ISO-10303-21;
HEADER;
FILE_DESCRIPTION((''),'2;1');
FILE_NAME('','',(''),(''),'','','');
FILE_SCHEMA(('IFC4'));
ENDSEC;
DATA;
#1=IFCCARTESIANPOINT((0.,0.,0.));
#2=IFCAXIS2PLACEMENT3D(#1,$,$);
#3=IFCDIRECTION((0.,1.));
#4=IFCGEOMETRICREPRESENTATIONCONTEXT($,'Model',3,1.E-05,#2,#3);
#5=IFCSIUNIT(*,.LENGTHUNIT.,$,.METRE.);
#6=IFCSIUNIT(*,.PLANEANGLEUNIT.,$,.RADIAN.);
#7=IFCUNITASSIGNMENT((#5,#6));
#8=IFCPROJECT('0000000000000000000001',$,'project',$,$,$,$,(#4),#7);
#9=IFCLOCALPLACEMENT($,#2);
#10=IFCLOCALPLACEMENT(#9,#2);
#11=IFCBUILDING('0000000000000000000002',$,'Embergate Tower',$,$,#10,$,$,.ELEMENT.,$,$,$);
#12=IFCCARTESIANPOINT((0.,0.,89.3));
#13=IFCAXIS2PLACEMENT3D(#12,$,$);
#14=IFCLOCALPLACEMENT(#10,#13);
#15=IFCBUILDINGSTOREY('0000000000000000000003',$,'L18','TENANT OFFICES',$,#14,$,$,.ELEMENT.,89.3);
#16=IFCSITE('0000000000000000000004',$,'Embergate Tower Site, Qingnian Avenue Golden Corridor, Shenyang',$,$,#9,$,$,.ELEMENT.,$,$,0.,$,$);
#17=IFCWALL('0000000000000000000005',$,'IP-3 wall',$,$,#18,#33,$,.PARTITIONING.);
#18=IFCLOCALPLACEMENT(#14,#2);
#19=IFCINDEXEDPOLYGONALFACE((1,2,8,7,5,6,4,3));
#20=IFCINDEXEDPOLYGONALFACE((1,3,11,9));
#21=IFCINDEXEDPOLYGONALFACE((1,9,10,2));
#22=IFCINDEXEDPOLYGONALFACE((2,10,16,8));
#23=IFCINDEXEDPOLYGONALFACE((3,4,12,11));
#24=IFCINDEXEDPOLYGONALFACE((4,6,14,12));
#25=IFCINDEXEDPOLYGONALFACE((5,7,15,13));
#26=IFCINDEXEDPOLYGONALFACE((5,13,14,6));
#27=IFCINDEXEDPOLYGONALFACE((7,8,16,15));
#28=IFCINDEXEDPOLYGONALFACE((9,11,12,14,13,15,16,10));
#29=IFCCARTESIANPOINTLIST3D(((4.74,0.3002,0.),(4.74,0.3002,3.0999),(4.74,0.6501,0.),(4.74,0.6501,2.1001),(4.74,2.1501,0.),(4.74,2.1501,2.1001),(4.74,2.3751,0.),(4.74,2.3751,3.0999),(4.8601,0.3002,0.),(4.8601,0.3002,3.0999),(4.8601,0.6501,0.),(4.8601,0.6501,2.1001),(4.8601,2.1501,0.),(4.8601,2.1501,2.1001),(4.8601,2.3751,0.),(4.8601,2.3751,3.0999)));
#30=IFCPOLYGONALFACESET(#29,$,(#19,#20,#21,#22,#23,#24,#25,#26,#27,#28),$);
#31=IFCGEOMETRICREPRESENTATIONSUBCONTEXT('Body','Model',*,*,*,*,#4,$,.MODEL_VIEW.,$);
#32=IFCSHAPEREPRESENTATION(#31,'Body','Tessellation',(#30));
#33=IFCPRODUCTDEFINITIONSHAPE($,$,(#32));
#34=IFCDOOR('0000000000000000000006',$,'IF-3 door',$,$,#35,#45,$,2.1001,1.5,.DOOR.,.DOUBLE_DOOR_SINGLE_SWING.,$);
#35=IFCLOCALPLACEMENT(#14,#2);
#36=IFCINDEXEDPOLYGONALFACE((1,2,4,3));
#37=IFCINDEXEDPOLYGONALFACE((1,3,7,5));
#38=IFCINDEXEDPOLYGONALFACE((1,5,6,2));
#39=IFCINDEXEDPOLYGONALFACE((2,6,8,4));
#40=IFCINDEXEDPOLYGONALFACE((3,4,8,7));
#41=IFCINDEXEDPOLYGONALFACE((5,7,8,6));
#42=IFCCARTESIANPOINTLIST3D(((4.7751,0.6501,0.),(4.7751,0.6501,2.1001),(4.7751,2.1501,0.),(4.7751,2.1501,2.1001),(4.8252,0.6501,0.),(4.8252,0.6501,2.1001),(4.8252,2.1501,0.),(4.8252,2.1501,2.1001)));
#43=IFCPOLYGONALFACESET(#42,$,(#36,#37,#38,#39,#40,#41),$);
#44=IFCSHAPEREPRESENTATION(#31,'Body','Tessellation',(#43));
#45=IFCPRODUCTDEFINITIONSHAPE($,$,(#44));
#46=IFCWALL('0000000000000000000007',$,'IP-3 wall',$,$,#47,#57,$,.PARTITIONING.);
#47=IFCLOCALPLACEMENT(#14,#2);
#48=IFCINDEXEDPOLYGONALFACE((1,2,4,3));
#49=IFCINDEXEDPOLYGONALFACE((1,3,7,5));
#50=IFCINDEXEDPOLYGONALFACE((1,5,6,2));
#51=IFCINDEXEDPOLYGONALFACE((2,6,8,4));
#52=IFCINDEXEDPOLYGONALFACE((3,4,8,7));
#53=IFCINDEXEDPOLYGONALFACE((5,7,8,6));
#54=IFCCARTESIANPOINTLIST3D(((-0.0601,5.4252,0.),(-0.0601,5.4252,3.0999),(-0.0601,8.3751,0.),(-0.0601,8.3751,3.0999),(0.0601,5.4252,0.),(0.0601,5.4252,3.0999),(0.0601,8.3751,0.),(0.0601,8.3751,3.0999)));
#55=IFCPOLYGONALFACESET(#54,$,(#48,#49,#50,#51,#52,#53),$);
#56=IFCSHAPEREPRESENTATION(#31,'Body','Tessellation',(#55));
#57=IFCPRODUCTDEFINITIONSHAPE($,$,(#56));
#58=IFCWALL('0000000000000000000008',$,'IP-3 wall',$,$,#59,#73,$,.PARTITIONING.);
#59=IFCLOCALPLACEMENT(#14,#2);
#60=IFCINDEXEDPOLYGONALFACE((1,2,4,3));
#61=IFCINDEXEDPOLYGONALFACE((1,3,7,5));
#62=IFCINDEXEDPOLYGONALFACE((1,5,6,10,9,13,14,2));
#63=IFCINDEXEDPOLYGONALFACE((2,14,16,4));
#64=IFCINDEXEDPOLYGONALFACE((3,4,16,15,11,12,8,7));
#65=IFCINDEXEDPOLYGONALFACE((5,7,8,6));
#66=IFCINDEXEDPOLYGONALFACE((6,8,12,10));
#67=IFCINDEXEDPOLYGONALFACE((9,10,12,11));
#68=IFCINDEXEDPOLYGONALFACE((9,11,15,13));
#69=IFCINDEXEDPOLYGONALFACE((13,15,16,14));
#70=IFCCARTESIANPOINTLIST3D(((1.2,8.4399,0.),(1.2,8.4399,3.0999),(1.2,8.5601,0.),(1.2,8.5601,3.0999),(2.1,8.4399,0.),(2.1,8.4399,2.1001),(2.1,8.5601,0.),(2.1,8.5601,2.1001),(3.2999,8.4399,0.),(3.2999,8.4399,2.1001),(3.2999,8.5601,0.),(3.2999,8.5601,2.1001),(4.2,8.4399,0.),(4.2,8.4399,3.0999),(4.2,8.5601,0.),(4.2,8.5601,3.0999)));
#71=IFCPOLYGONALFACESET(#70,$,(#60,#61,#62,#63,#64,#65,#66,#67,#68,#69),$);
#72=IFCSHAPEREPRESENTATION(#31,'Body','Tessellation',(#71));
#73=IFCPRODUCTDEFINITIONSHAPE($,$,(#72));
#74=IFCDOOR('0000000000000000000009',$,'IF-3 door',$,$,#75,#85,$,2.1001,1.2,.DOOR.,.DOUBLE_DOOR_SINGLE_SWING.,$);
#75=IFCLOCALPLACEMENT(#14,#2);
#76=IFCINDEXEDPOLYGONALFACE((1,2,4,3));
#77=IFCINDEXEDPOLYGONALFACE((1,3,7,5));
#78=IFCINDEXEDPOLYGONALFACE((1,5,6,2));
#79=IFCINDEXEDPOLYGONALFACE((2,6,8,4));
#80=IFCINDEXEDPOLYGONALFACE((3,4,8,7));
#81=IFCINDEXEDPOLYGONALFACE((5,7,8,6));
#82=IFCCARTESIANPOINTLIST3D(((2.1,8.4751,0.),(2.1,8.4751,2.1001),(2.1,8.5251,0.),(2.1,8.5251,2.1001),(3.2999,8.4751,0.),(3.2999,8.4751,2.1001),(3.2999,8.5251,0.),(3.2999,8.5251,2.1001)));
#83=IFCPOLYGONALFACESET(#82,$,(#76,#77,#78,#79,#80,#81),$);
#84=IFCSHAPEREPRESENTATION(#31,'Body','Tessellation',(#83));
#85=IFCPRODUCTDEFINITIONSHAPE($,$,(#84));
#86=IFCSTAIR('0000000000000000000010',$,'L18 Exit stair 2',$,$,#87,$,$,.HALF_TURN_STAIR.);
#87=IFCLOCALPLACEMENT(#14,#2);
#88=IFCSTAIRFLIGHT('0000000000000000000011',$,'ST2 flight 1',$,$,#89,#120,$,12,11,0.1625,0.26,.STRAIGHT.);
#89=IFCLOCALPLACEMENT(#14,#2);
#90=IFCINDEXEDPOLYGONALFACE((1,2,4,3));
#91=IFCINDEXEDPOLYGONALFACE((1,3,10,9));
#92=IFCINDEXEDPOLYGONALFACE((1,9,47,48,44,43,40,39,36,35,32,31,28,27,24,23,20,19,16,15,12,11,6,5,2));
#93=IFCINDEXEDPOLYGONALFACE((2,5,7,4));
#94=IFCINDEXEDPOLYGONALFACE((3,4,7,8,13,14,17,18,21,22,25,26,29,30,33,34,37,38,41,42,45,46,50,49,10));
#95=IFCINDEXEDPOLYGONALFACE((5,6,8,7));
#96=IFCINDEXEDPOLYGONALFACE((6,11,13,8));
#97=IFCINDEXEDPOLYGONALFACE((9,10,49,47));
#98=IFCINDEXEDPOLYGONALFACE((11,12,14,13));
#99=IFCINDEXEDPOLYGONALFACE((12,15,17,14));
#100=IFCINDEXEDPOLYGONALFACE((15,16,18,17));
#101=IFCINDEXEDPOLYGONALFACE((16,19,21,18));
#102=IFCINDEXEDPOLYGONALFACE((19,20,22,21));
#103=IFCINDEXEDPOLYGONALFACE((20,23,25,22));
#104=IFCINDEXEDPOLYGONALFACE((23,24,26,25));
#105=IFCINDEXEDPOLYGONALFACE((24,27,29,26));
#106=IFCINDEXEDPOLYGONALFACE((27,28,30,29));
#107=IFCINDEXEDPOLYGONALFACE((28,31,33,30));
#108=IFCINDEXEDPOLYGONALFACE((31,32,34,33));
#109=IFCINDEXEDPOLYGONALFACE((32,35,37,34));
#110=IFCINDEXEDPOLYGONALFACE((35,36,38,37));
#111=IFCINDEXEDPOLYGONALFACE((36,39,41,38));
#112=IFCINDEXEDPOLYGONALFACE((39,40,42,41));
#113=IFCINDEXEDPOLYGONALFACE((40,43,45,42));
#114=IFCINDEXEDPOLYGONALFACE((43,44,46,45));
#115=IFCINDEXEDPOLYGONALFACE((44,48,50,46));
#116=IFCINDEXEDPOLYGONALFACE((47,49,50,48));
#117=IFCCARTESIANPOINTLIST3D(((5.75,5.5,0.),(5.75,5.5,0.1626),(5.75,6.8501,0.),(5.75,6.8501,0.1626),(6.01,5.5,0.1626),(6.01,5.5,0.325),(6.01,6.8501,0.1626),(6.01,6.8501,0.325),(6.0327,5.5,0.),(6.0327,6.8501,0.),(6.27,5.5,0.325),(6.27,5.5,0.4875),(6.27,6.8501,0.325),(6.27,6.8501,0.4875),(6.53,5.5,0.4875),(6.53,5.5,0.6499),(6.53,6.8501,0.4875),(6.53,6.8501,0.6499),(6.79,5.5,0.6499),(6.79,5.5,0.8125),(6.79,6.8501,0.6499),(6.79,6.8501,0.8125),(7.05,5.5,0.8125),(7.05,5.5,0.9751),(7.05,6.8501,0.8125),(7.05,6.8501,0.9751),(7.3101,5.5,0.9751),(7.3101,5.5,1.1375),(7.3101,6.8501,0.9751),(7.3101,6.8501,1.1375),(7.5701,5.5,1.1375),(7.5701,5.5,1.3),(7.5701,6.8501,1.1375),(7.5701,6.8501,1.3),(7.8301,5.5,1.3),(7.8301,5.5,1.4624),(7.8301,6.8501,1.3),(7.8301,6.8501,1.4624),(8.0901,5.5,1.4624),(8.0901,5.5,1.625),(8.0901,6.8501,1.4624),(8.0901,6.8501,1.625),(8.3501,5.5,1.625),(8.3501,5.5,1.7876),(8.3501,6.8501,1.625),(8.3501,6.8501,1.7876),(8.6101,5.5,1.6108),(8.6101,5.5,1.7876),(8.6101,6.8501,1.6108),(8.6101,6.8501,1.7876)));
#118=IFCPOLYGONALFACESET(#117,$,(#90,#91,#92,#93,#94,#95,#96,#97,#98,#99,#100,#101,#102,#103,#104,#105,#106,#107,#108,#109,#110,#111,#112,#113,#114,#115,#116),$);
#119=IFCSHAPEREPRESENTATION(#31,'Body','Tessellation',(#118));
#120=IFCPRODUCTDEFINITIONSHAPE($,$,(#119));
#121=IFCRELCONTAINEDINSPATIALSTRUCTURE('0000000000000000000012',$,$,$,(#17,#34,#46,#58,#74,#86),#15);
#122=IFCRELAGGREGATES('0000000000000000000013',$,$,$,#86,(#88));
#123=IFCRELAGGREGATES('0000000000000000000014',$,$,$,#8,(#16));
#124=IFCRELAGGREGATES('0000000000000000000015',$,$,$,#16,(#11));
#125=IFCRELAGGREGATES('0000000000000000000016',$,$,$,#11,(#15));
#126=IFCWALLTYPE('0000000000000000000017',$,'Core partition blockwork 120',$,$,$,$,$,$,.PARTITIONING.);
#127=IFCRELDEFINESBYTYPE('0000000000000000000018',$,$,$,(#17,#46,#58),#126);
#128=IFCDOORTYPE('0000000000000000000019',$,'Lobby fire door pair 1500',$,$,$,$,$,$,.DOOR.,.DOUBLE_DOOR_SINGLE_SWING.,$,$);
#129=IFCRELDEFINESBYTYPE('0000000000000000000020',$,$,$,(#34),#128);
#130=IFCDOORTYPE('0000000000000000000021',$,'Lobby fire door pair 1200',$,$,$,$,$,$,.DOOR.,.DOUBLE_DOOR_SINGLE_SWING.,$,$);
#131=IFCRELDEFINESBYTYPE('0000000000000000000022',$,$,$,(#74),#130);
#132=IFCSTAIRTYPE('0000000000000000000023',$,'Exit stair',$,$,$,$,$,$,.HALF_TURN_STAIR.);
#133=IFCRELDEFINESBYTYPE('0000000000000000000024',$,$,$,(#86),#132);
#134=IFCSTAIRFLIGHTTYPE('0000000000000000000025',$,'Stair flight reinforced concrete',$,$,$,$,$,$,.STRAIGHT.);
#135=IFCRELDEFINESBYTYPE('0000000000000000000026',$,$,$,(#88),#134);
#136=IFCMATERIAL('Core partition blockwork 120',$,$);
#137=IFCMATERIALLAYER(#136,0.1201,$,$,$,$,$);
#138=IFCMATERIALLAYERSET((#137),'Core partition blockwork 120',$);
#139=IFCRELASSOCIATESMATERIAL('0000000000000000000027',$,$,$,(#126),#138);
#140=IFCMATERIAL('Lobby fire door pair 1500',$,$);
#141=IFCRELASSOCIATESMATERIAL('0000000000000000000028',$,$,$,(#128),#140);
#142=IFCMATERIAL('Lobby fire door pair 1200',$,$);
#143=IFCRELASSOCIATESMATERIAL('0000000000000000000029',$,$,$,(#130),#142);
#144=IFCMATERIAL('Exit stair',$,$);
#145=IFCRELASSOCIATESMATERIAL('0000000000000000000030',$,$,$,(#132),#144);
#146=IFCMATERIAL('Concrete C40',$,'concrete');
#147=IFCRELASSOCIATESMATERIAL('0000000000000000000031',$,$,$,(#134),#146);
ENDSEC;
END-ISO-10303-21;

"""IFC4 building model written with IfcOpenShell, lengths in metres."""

from ifc_helpers import new_model, si_unit, direction, frame, frame_2d, origin, place, context, subcontext, project, spatial, polyline, rectangle, outline, extrude, source, transform, mapped, material, layer, layer_set, type_object, element, fill, aggregate, save


model = new_model("IFC4")

# Units and contexts
model_context = context("Model", 3, precision=1e-05, world=origin(), true_north=direction((0.0, 1.0)))
body_context = subcontext(model_context, "Body", "Model", "MODEL_VIEW")
ifc_project = project(units=[si_unit("LENGTHUNIT", "METRE"), si_unit("PLANEANGLEUNIT", "RADIAN")], contexts=[model_context])

# Site, building, storey
site_placement = place(None, origin())
site = spatial("IfcSite", under=ifc_project, at=site_placement, Name="Embergate Tower Site, Qingnian Avenue Golden Corridor, Shenyang", CompositionType="ELEMENT", RefElevation=0.0)
building_placement = place(site_placement, origin())
building = spatial("IfcBuilding", under=site, at=building_placement, Name="Embergate Tower", CompositionType="ELEMENT")
storey_placement = place(building_placement, frame((0.0, 0.0, 89.3)))
storey = spatial("IfcBuildingStorey", under=building, at=storey_placement, Name="L18", Description="TENANT OFFICES", CompositionType="ELEMENT", Elevation=89.3)

# Shared definitions
shared_shape_1 = source(origin(), body_context, "Body", "SweptSolid", [
    extrude(rectangle(XDim=1.2, YDim=2.1001, at=frame_2d((0.6001, 1.05))), frame((0.0, 0.0249, 0.0), z_axis=(0.0, -1.0, 0.0), x_axis=(1.0, 0.0, 0.0)), (0.0, 0.0, 1.0), 0.05),
])

# Shared definitions
ifc_material_1 = material(Name="Core partition blockwork 120")
ifc_layer_1 = layer(ifc_material_1, 0.1201)
ifc_layer_set_1 = layer_set([ifc_layer_1], Name="Core partition blockwork 120")
wall_type_1 = type_object("IfcWallType", Name="Core partition blockwork 120", PredefinedType="PARTITIONING", material=ifc_layer_set_1)

# Wall, opening, door
shared_shape_2 = source(origin(), body_context, "Body", "SweptSolid", [
    extrude(rectangle(XDim=2.075, YDim=0.1201, at=frame_2d((1.0376, 0.0))), origin(), (0.0, 0.0, 1.0), 3.0999),
])
wall_1_placement = place(storey_placement, frame((4.8, 0.3, 0.0), z_axis=(0.0, 0.0, 1.0), x_axis=(0.0, 1.0, 0.0)))
wall_1 = element("IfcWall", 1, at=wall_1_placement, inside=storey, type_object=wall_type_1, Name="IP-3 wall", PredefinedType="PARTITIONING", context=body_context, shape_type="MappedRepresentation", body=[
    mapped(shared_shape_2, transform((0.0, 0.0, 0.0))),
])
shared_shape_3 = source(origin(), body_context, "Body", "SweptSolid", [
    extrude(rectangle(XDim=1.5, YDim=2.1001, at=frame_2d((0.75, 1.05))), frame((0.0, 0.0701, 0.0), z_axis=(0.0, -1.0, 0.0), x_axis=(1.0, 0.0, 0.0)), (0.0, 0.0, 1.0), 0.1401),
])
opening_1_placement = place(wall_1_placement, frame((0.3501, 0.0, 0.0)))
opening_1 = element("IfcOpeningElement", 2, at=opening_1_placement, cuts=wall_1, PredefinedType="OPENING", context=body_context, shape_type="MappedRepresentation", body=[
    mapped(shared_shape_3, transform((0.0, 0.0, 0.0))),
])
ifc_material_2 = material(Name="Lobby fire door pair 1500")
door_type_1 = type_object("IfcDoorType", Name="Lobby fire door pair 1500", OperationType="DOUBLE_DOOR_SINGLE_SWING", PredefinedType="DOOR", material=ifc_material_2)
shared_shape_4 = source(origin(), body_context, "Body", "SweptSolid", [
    extrude(rectangle(XDim=1.5, YDim=2.1001, at=frame_2d((0.75, 1.05))), frame((0.0, 0.0249, 0.0), z_axis=(0.0, -1.0, 0.0), x_axis=(1.0, 0.0, 0.0)), (0.0, 0.0, 1.0), 0.05),
])
door_1_placement = place(opening_1_placement, origin())
door_1 = element("IfcDoor", 3, at=door_1_placement, inside=storey, type_object=door_type_1, Name="IF-3 door", OperationType="DOUBLE_DOOR_SINGLE_SWING", OverallHeight=2.1001, OverallWidth=1.5, PredefinedType="DOOR", context=body_context, shape_type="MappedRepresentation", body=[
    mapped(shared_shape_4, transform((0.0, 0.0, 0.0))),
])
fill(opening_1, door_1)

# Wall
shared_shape_5 = source(origin(), body_context, "Body", "SweptSolid", [
    extrude(rectangle(XDim=2.95, YDim=0.1201, at=frame_2d((1.4751, 0.0))), origin(), (0.0, 0.0, 1.0), 3.0999),
])
wall_2_placement = place(storey_placement, frame((0.0, 5.425, 0.0), z_axis=(0.0, 0.0, 1.0), x_axis=(0.0, 1.0, 0.0)))
element("IfcWall", 4, at=wall_2_placement, inside=storey, type_object=wall_type_1, Name="IP-3 wall", PredefinedType="PARTITIONING", context=body_context, shape_type="MappedRepresentation", body=[
    mapped(shared_shape_5, transform((0.0, 0.0, 0.0))),
])

# Wall, opening, door
shared_shape_6 = source(origin(), body_context, "Body", "SweptSolid", [
    extrude(rectangle(XDim=3.0, YDim=0.1201, at=frame_2d((1.5, 0.0))), origin(), (0.0, 0.0, 1.0), 3.0999),
])
wall_3_placement = place(storey_placement, frame((4.2, 8.5, 0.0), z_axis=(0.0, 0.0, 1.0), x_axis=(-1.0, 0.0, 0.0)))
wall_3 = element("IfcWall", 5, at=wall_3_placement, inside=storey, type_object=wall_type_1, Name="IP-3 wall", PredefinedType="PARTITIONING", context=body_context, shape_type="MappedRepresentation", body=[
    mapped(shared_shape_6, transform((0.0, 0.0, 0.0))),
])
shared_shape_7 = source(origin(), body_context, "Body", "SweptSolid", [
    extrude(rectangle(XDim=1.2, YDim=2.1001, at=frame_2d((0.6001, 1.05))), frame((0.0, 0.0701, 0.0), z_axis=(0.0, -1.0, 0.0), x_axis=(1.0, 0.0, 0.0)), (0.0, 0.0, 1.0), 0.1401),
])
opening_2_placement = place(wall_3_placement, frame((0.8999, 0.0, 0.0)))
opening_2 = element("IfcOpeningElement", 6, at=opening_2_placement, cuts=wall_3, PredefinedType="OPENING", context=body_context, shape_type="MappedRepresentation", body=[
    mapped(shared_shape_7, transform((0.0, 0.0, 0.0))),
])
ifc_material_3 = material(Name="Lobby fire door pair 1200")
door_type_2 = type_object("IfcDoorType", Name="Lobby fire door pair 1200", OperationType="DOUBLE_DOOR_SINGLE_SWING", PredefinedType="DOOR", material=ifc_material_3)
door_2_placement = place(opening_2_placement, origin())
door_2 = element("IfcDoor", 7, at=door_2_placement, inside=storey, type_object=door_type_2, Name="IF-3 door", OperationType="DOUBLE_DOOR_SINGLE_SWING", OverallHeight=2.1001, OverallWidth=1.2, PredefinedType="DOOR", context=body_context, shape_type="MappedRepresentation", body=[
    mapped(shared_shape_1, transform((0.0, 0.0, 0.0))),
])
fill(opening_2, door_2)

# Stair, stair flight
ifc_material_4 = material(Name="Exit stair")
stair_type = type_object("IfcStairType", Name="Exit stair", PredefinedType="HALF_TURN_STAIR", material=ifc_material_4)
stair_placement = place(storey_placement, origin())
stair = element("IfcStair", 8, at=stair_placement, inside=storey, type_object=stair_type, Name="L18 Exit stair 2", PredefinedType="HALF_TURN_STAIR")
ifc_material_5 = material(Name="Concrete C40", Category="concrete")
stair_flight_type = type_object("IfcStairFlightType", Name="Stair flight reinforced concrete", PredefinedType="STRAIGHT", material=ifc_material_5)
shared_shape_8 = source(origin(), body_context, "Body", "SweptSolid", [
    extrude(outline(polyline([(0.0, 0.0), (0.0, 0.1626), (0.26, 0.1626), (0.26, 0.325), (0.52, 0.325), (0.52, 0.4875), (0.78, 0.4875), (0.78, 0.6499), (1.04, 0.6499), (1.04, 0.8125), (1.3, 0.8125), (1.3, 0.9751), (1.5601, 0.9751), (1.5601, 1.1375), (1.8201, 1.1375), (1.8201, 1.3), (2.0801, 1.3), (2.0801, 1.4624), (2.3401, 1.4624), (2.3401, 1.625), (2.6001, 1.625), (2.6001, 1.7876), (2.8601, 1.7876), (2.8601, 1.95), (2.8601, 1.6108), (0.2827, 0.0), (0.0, 0.0)])), frame((0.0, 0.675, 0.0), z_axis=(0.0, -1.0, 0.0), x_axis=(1.0, 0.0, 0.0)), (0.0, 0.0, 1.0), 1.3501),
])
stair_flight_placement = place(storey_placement, frame((5.75, 6.175, 0.0), z_axis=(0.0, 0.0, 1.0), x_axis=(1.0, 0.0, 0.0)))
stair_flight = element("IfcStairFlight", 9, at=stair_flight_placement, type_object=stair_flight_type, Name="ST2 flight 1", NumberOfRisers=12, NumberOfTreads=11, PredefinedType="STRAIGHT", RiserHeight=0.1625, TreadLength=0.26, context=body_context, shape_type="MappedRepresentation", body=[
    mapped(shared_shape_8, transform((0.0, 0.0, 0.0))),
])
aggregate(stair, [stair_flight])

save(model, "model.ifc")
